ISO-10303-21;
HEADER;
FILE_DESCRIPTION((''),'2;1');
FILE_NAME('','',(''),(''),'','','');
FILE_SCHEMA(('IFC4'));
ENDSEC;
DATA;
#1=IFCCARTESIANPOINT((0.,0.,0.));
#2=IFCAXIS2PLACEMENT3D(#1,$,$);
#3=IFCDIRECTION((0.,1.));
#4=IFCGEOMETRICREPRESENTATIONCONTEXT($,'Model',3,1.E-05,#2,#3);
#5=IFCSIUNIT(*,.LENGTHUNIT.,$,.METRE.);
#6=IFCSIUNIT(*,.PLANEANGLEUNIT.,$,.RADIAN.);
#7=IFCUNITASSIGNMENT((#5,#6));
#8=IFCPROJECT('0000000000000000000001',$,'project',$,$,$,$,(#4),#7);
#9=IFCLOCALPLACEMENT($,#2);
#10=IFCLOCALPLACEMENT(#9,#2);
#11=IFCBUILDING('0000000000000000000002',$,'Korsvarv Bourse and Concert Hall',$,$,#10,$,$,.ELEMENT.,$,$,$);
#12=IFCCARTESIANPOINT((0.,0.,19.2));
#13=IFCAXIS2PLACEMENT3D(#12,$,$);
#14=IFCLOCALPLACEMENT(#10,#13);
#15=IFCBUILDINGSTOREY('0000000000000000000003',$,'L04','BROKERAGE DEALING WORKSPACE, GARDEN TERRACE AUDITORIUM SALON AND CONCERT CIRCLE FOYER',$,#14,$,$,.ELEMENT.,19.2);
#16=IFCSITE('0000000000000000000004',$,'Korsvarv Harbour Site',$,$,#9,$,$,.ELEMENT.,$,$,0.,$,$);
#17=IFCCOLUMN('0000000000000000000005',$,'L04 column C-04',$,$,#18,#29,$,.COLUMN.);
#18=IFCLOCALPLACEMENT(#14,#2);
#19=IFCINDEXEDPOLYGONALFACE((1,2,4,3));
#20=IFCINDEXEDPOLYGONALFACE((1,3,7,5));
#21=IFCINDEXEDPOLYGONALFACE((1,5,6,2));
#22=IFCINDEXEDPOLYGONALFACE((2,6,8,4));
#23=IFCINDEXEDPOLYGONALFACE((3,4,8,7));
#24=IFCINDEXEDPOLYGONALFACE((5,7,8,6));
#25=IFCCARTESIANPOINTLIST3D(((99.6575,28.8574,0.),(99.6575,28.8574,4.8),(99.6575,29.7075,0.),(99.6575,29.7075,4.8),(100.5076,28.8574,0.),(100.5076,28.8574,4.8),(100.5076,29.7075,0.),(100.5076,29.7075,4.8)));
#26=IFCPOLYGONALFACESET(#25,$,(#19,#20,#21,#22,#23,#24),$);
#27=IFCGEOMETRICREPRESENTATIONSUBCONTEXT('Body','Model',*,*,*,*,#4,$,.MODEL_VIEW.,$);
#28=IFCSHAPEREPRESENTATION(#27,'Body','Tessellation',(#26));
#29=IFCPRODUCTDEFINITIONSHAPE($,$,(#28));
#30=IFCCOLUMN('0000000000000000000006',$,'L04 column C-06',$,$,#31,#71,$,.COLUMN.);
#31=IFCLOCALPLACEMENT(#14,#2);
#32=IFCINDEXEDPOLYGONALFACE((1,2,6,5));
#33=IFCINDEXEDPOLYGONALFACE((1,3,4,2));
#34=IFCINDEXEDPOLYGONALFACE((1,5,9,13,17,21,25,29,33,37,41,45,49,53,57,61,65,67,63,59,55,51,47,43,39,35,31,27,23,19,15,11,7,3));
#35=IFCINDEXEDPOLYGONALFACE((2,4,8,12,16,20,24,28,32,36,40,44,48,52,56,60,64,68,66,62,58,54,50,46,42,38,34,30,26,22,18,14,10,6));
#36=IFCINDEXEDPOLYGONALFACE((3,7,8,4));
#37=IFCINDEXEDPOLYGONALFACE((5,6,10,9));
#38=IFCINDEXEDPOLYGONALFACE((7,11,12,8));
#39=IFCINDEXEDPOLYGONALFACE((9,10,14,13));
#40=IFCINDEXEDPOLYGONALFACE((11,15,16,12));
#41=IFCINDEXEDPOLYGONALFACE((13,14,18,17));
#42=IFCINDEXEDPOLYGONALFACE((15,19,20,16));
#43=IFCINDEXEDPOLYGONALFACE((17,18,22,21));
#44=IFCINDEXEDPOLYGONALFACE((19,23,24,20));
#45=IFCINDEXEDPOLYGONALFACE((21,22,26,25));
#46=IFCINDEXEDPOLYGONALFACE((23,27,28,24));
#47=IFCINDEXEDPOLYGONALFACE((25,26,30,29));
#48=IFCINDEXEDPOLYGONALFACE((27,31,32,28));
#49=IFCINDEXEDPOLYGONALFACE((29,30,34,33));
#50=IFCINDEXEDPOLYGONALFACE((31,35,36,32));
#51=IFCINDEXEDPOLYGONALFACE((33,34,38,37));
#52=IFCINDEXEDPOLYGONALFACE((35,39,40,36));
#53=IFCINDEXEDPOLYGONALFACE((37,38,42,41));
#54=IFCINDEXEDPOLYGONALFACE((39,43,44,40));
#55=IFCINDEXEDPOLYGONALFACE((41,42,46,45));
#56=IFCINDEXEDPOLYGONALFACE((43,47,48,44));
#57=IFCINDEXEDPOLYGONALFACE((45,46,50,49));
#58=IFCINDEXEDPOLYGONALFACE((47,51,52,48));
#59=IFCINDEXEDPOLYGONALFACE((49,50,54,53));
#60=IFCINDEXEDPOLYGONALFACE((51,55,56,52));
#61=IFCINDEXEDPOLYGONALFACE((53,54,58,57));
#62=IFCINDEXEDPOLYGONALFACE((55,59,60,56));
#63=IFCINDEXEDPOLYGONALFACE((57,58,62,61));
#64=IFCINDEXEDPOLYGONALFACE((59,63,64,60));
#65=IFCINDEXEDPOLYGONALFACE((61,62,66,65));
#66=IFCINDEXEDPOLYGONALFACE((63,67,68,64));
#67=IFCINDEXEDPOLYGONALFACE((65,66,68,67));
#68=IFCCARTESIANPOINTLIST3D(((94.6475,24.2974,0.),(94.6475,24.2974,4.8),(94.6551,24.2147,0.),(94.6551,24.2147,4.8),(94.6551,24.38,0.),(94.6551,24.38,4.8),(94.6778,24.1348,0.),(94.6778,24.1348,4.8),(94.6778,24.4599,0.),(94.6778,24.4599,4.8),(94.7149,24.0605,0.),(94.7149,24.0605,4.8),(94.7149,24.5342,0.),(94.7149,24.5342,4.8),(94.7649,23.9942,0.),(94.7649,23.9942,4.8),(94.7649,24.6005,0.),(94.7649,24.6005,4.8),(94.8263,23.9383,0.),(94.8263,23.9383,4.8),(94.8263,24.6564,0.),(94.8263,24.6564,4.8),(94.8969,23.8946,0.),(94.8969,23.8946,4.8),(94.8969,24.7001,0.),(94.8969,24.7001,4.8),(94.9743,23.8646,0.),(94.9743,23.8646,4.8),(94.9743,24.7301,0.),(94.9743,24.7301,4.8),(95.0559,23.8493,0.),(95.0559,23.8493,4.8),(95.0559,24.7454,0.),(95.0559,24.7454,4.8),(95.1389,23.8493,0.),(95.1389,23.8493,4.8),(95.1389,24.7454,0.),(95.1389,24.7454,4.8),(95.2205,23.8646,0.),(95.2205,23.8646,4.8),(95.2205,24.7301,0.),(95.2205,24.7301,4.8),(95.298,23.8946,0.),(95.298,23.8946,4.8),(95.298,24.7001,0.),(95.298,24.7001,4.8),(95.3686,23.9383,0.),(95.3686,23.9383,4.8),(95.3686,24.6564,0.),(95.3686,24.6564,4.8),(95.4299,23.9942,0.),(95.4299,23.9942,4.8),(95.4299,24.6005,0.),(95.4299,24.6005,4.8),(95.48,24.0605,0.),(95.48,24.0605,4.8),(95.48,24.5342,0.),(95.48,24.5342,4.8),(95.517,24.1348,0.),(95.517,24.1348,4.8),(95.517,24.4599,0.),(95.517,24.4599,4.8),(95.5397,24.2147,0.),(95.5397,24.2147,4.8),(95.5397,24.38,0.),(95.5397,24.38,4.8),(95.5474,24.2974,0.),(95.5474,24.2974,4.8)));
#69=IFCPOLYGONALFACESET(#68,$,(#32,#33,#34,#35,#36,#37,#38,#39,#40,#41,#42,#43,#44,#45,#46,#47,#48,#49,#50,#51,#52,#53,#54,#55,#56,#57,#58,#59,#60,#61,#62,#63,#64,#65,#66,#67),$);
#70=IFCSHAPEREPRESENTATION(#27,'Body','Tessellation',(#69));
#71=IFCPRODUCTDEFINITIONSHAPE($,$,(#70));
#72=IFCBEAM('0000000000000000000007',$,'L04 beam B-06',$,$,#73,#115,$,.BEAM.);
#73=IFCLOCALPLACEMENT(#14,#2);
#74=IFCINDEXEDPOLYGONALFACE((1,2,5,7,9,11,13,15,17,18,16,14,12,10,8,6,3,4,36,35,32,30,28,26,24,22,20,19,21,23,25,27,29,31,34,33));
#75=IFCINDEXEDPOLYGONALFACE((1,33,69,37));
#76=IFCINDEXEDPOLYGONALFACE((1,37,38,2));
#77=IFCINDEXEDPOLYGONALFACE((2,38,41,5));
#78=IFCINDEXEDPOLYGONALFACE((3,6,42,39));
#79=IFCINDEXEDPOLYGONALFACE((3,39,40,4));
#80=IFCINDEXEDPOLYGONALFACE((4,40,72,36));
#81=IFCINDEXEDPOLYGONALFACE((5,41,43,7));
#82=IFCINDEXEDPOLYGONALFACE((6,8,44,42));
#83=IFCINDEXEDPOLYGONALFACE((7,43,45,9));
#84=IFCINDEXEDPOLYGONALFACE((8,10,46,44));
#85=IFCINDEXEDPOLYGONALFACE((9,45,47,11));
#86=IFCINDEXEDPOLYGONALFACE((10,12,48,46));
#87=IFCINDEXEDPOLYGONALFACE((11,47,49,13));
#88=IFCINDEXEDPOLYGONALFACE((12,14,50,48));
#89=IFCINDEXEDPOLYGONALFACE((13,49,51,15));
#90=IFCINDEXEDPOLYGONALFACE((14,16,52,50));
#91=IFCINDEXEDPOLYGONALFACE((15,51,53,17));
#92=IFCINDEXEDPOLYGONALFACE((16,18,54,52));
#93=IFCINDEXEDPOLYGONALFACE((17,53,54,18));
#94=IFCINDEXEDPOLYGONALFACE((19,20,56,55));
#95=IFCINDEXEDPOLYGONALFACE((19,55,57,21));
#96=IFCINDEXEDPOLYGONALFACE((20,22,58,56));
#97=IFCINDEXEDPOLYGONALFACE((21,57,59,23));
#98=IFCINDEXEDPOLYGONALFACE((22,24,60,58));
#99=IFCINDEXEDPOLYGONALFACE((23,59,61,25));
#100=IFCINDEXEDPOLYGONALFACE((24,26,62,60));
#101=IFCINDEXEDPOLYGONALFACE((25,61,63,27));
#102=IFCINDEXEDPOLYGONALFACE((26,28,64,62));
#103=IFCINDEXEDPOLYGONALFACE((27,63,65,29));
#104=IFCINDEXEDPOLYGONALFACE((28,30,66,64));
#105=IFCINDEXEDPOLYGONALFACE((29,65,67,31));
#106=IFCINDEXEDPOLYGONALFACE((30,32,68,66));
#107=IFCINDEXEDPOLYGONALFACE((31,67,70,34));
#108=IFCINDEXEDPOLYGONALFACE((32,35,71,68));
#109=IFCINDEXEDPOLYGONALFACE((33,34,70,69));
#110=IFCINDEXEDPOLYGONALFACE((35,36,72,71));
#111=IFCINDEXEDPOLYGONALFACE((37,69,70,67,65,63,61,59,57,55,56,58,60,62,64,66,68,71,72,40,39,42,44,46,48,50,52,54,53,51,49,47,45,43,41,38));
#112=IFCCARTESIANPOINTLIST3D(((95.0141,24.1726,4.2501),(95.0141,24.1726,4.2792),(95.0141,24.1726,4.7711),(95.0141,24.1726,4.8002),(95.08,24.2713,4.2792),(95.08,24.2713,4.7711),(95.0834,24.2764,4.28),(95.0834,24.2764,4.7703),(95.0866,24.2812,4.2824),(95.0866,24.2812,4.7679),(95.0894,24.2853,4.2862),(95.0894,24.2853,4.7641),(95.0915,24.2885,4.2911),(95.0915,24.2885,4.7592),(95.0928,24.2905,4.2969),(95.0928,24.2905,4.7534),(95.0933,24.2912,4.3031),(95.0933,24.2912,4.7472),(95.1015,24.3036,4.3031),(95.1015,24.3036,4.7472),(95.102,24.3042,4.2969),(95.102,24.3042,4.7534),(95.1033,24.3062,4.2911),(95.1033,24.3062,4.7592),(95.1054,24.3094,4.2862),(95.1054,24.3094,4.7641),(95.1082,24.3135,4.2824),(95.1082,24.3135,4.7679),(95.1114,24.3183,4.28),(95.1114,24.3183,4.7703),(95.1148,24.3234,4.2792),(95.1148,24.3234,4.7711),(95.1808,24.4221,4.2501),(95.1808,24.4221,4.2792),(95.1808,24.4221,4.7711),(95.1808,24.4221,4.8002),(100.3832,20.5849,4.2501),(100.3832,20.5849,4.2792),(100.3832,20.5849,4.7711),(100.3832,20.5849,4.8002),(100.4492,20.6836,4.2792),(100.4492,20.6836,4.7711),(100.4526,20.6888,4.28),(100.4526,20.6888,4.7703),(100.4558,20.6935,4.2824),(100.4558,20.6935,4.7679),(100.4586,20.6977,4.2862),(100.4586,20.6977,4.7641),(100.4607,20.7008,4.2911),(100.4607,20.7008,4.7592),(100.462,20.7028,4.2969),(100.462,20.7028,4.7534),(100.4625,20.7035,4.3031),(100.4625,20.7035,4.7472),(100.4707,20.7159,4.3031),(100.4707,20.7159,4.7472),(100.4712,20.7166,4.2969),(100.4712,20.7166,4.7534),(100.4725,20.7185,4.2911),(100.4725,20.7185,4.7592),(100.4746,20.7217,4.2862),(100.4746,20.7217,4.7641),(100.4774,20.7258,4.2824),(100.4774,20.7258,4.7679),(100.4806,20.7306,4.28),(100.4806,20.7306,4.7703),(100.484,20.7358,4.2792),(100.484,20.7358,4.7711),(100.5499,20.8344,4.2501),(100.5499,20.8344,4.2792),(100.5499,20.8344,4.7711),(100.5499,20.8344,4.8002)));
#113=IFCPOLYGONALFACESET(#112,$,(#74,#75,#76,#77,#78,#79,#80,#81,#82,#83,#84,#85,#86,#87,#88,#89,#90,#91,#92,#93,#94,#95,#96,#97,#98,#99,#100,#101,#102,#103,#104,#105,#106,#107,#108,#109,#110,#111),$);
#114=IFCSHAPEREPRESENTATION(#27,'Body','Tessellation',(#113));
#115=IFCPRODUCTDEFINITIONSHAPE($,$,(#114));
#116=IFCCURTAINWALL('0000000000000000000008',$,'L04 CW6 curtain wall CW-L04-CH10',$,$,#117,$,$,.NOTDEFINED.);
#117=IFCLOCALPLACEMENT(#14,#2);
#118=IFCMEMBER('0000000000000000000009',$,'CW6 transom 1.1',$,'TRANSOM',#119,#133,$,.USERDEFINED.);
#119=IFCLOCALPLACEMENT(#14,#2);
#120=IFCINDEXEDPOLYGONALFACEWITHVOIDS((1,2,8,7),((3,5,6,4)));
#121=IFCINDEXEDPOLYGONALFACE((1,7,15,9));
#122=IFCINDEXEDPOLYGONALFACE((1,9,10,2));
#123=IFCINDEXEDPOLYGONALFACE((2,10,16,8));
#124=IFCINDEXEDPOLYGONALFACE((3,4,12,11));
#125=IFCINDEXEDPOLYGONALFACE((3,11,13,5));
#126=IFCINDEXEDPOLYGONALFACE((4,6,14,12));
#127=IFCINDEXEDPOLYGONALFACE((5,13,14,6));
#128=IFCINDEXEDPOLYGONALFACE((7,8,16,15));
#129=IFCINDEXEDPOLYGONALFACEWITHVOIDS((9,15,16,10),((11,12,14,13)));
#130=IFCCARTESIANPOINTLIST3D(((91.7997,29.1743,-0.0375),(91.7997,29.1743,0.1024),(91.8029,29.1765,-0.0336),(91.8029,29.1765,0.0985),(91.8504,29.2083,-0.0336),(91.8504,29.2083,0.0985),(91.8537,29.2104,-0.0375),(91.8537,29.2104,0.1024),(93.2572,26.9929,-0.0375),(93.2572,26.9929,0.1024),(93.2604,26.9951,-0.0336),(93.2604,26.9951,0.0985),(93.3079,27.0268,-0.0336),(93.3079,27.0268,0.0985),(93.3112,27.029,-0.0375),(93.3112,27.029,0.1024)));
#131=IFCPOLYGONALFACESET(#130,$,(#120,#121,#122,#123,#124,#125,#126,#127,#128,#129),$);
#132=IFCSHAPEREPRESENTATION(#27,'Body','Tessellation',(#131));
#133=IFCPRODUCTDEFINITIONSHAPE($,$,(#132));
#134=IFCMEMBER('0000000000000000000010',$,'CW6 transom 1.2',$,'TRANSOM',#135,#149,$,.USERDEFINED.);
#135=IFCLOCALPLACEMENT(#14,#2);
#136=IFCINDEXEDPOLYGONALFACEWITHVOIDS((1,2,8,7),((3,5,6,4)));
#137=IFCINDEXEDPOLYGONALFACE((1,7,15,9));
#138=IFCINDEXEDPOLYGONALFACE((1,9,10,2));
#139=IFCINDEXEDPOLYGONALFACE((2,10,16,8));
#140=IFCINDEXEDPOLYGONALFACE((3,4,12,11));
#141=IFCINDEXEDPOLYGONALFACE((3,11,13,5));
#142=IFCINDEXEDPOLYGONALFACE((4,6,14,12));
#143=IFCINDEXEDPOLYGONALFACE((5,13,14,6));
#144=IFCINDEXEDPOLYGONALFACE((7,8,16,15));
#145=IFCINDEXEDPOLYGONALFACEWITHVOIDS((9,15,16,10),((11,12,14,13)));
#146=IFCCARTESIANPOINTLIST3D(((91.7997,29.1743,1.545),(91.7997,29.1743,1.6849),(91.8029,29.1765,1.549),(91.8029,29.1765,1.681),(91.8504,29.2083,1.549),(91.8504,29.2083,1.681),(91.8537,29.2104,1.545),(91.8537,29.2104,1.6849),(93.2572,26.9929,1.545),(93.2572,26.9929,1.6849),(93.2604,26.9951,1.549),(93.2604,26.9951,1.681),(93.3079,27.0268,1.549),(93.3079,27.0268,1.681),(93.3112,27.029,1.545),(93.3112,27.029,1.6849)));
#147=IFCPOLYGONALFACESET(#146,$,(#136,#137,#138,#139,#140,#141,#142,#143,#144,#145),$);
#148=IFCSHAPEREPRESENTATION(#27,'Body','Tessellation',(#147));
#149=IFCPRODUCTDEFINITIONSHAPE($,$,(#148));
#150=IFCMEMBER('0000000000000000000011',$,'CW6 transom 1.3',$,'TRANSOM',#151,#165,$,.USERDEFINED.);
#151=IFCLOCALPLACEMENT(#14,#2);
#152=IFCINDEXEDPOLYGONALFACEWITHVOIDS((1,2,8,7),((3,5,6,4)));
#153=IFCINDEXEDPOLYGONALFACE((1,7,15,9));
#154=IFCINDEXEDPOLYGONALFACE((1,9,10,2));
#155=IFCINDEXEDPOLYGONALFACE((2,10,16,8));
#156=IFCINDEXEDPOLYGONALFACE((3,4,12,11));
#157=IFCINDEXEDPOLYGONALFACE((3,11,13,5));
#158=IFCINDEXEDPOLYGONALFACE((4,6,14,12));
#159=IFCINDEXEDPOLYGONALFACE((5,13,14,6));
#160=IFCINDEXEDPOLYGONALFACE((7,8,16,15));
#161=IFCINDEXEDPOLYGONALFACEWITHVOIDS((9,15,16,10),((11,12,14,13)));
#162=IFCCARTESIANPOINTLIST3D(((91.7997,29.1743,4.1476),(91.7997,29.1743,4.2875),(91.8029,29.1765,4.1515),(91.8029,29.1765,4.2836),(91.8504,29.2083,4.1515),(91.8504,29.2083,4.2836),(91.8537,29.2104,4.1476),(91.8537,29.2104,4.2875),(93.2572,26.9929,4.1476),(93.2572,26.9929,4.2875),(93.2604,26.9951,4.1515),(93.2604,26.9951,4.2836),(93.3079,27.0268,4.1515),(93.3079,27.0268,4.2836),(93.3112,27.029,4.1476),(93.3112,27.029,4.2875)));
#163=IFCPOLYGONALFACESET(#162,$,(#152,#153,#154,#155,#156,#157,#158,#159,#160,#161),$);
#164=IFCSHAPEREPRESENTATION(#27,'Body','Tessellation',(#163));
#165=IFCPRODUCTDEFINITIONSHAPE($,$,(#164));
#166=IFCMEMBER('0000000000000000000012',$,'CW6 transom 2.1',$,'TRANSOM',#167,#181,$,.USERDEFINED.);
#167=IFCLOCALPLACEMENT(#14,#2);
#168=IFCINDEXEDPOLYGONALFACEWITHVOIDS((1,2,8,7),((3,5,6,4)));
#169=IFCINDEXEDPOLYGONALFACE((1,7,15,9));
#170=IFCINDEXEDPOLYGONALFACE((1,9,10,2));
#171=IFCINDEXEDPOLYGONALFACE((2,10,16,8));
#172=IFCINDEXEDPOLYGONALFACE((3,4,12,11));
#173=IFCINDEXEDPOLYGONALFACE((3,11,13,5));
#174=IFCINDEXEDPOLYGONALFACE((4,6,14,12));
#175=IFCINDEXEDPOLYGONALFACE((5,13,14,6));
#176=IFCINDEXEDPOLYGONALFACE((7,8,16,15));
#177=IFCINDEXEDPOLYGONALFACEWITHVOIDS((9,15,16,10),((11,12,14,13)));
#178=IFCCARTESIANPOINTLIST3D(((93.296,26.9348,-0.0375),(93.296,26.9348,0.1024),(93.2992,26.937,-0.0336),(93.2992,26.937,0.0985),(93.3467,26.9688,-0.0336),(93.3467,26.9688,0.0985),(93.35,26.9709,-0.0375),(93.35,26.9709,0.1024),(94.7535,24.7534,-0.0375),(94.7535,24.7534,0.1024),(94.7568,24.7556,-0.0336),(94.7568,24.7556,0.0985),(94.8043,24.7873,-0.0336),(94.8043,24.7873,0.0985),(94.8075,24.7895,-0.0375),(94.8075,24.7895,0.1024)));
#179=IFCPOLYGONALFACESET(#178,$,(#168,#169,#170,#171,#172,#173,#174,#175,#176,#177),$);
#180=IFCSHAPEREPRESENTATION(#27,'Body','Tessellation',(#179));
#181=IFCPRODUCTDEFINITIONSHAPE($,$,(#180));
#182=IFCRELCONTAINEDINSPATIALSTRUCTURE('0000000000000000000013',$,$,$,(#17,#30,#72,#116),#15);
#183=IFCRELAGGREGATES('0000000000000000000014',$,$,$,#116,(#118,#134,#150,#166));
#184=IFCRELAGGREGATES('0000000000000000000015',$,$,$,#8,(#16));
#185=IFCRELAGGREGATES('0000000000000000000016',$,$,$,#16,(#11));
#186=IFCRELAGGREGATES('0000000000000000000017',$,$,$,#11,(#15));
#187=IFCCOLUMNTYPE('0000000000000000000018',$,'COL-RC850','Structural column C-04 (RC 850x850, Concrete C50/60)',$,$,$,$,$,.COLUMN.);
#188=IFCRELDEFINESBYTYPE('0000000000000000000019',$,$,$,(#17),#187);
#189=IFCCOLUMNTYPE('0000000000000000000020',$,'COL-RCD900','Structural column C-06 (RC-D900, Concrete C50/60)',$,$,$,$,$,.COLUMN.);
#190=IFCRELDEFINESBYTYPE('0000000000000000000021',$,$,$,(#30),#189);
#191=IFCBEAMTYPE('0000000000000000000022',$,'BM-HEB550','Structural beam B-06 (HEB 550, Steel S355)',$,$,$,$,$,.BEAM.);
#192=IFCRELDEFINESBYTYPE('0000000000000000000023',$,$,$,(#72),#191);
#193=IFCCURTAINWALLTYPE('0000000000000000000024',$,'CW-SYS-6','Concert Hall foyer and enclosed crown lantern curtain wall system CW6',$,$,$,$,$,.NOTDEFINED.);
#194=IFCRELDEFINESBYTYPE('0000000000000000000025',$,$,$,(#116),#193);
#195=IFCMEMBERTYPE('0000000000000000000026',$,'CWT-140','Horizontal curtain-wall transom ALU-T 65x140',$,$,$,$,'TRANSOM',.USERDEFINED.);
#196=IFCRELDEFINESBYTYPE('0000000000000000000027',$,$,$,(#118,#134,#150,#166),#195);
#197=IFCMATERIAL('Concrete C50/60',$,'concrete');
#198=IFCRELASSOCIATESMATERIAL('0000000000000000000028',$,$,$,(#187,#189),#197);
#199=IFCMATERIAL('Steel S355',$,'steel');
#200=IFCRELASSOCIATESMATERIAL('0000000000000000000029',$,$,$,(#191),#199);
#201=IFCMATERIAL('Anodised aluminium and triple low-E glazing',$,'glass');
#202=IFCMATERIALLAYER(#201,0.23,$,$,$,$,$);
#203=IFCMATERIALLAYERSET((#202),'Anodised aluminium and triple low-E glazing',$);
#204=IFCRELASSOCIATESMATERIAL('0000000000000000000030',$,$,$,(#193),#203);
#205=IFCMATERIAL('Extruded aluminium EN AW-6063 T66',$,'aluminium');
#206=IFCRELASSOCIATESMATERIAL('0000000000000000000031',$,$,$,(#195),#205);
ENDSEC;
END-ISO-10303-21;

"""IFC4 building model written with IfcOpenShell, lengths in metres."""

from ifc_helpers import new_model, si_unit, direction, frame, origin, origin_2d, place, context, subcontext, project, spatial, rectangle, hollow_rectangle, circle, i_section, extrude, source, transform, mapped, material, layer, layer_set, material_profile, profile_set, type_object, element, aggregate, save


model = new_model("IFC4")

# Units and contexts
model_context = context("Model", 3, precision=1e-05, world=origin(), true_north=direction((0.0, 1.0)))
body_context = subcontext(model_context, "Body", "Model", "MODEL_VIEW")
ifc_project = project(units=[si_unit("LENGTHUNIT", "METRE"), si_unit("PLANEANGLEUNIT", "RADIAN")], contexts=[model_context])

# Site, building, storey
site_placement = place(None, origin())
site = spatial("IfcSite", under=ifc_project, at=site_placement, Name="Korsvarv Harbour Site", CompositionType="ELEMENT", RefElevation=0.0)
building_placement = place(site_placement, origin())
building = spatial("IfcBuilding", under=site, at=building_placement, Name="Korsvarv Bourse and Concert Hall", CompositionType="ELEMENT")
storey_placement = place(building_placement, frame((0.0, 0.0, 19.2)))
storey = spatial("IfcBuildingStorey", under=building, at=storey_placement, Name="L04", Description="BROKERAGE DEALING WORKSPACE, GARDEN TERRACE AUDITORIUM SALON AND CONCERT CIRCLE FOYER", CompositionType="ELEMENT", Elevation=19.2)

# Columns
ifc_material_1 = material(Name="Concrete C50/60", Category="concrete")
ifc_material_profile_1 = material_profile(ifc_material_1, rectangle(XDim=0.8501, YDim=0.8501, at=origin_2d()), Name="RC 850x850")
ifc_profile_set_1 = profile_set([ifc_material_profile_1], Name="Concrete C50/60")
column_type_1 = type_object("IfcColumnType", Name="COL-RC850", Description="Structural column C-04 (RC 850x850, Concrete C50/60)", PredefinedType="COLUMN", material=ifc_profile_set_1)
shared_shape_1 = source(origin(), body_context, "Body", "SweptSolid", [
    extrude(rectangle(XDim=0.8501, YDim=0.8501, at=origin_2d()), origin(), (0.0, 0.0, 1.0), 4.8),
])
column_1_placement = place(storey_placement, frame((100.0825, 29.2825, 0.0), z_axis=(0.0, 0.0, 1.0), x_axis=(1.0, 0.0, 0.0)))
element("IfcColumn", 1, at=column_1_placement, inside=storey, type_object=column_type_1, Name="L04 column C-04", PredefinedType="COLUMN", context=body_context, shape_type="MappedRepresentation", body=[
    mapped(shared_shape_1, transform((0.0, 0.0, 0.0), scale=1.0)),
])
ifc_material_profile_2 = material_profile(ifc_material_1, circle(Radius=0.45, at=origin_2d()), Name="RC-D900")
ifc_profile_set_2 = profile_set([ifc_material_profile_2], Name="Concrete C50/60")
column_type_2 = type_object("IfcColumnType", Name="COL-RCD900", Description="Structural column C-06 (RC-D900, Concrete C50/60)", PredefinedType="COLUMN", material=ifc_profile_set_2)
shared_shape_2 = source(origin(), body_context, "Body", "SweptSolid", [
    extrude(circle(Radius=0.45, at=origin_2d()), origin(), (0.0, 0.0, 1.0), 4.8),
])
column_2_placement = place(storey_placement, frame((95.0974, 24.2974, 0.0), z_axis=(0.0, 0.0, 1.0), x_axis=(1.0, 0.0, 0.0)))
element("IfcColumn", 2, at=column_2_placement, inside=storey, type_object=column_type_2, Name="L04 column C-06", PredefinedType="COLUMN", context=body_context, shape_type="MappedRepresentation", body=[
    mapped(shared_shape_2, transform((0.0, 0.0, 0.0), scale=1.0)),
])

# Beam
ifc_material_2 = material(Name="Steel S355", Category="steel")
ifc_material_profile_3 = material_profile(ifc_material_2, i_section(OverallWidth=0.3, OverallDepth=0.55, WebThickness=0.0149, FlangeThickness=0.0291, FilletRadius=0.0239, at=origin_2d()), Name="HEB 550")
ifc_profile_set_3 = profile_set([ifc_material_profile_3], Name="Steel S355")
beam_type = type_object("IfcBeamType", Name="BM-HEB550", Description="Structural beam B-06 (HEB 550, Steel S355)", PredefinedType="BEAM", material=ifc_profile_set_3)
shared_shape_3 = source(origin(), body_context, "Body", "SweptSolid", [
    extrude(i_section(OverallWidth=0.3, OverallDepth=0.55, WebThickness=0.0149, FlangeThickness=0.0291, FilletRadius=0.0239, at=origin_2d()), origin(), (0.0, 0.0, 1.0), 6.4575),
])
beam_placement = place(storey_placement, frame((95.0974, 24.2974, 4.5251), z_axis=(0.831462, -0.555581, 0.0), x_axis=(0.555581, 0.831462, 0.0)))
element("IfcBeam", 3, at=beam_placement, inside=storey, type_object=beam_type, Name="L04 beam B-06", PredefinedType="BEAM", context=body_context, shape_type="MappedRepresentation", body=[
    mapped(shared_shape_3, transform((0.0, 0.0, 0.0), scale=1.0)),
])

# Curtain wall, members
ifc_material_3 = material(Name="Anodised aluminium and triple low-E glazing", Category="glass")
ifc_layer_1 = layer(ifc_material_3, 0.23)
ifc_layer_set_1 = layer_set([ifc_layer_1], Name="Anodised aluminium and triple low-E glazing")
curtain_wall_type = type_object("IfcCurtainWallType", Name="CW-SYS-6", Description="Concert Hall foyer and enclosed crown lantern curtain wall system CW6", PredefinedType="NOTDEFINED", material=ifc_layer_set_1)
curtain_wall_placement = place(storey_placement, origin())
curtain_wall = element("IfcCurtainWall", 4, at=curtain_wall_placement, inside=storey, type_object=curtain_wall_type, Name="L04 CW6 curtain wall CW-L04-CH10", PredefinedType="NOTDEFINED")
ifc_material_4 = material(Name="Extruded aluminium EN AW-6063 T66", Category="aluminium")
ifc_material_profile_4 = material_profile(ifc_material_4, hollow_rectangle(XDim=0.0649, YDim=0.1399, WallThickness=0.0039, at=origin_2d()), Name="ALU-T 65x140")
ifc_profile_set_4 = profile_set([ifc_material_profile_4], Name="Extruded aluminium EN AW-6063 T66")
member_type_1 = type_object("IfcMemberType", Name="CWT-140", Description="Horizontal curtain-wall transom ALU-T 65x140", ElementType="TRANSOM", PredefinedType="USERDEFINED", material=ifc_profile_set_4)
shared_shape_4 = source(origin(), body_context, "Body", "SweptSolid", [
    extrude(hollow_rectangle(XDim=0.0649, YDim=0.1399, WallThickness=0.0039, at=origin_2d()), origin(), (0.0, 0.0, 1.0), 2.6235),
])
member_1_placement = place(storey_placement, frame((91.8267, 29.1924, 0.0325), z_axis=(0.555559, -0.831477, 0.0), x_axis=(0.831477, 0.555559, 0.0)))
member_1 = element("IfcMember", 5, at=member_1_placement, type_object=member_type_1, Name="CW6 transom 1.1", ObjectType="TRANSOM", PredefinedType="USERDEFINED", context=body_context, shape_type="MappedRepresentation", body=[
    mapped(shared_shape_4, transform((0.0, 0.0, 0.0), scale=1.0)),
])
member_2_placement = place(storey_placement, frame((91.8267, 29.1924, 1.615), z_axis=(0.555559, -0.831477, 0.0), x_axis=(0.831477, 0.555559, 0.0)))
member_2 = element("IfcMember", 6, at=member_2_placement, type_object=member_type_1, Name="CW6 transom 1.2", ObjectType="TRANSOM", PredefinedType="USERDEFINED", context=body_context, shape_type="MappedRepresentation", body=[
    mapped(shared_shape_4, transform((0.0, 0.0, 0.0), scale=1.0)),
])
member_3_placement = place(storey_placement, frame((91.8267, 29.1924, 4.2175), z_axis=(0.555559, -0.831477, 0.0), x_axis=(0.831477, 0.555559, 0.0)))
member_3 = element("IfcMember", 7, at=member_3_placement, type_object=member_type_1, Name="CW6 transom 1.3", ObjectType="TRANSOM", PredefinedType="USERDEFINED", context=body_context, shape_type="MappedRepresentation", body=[
    mapped(shared_shape_4, transform((0.0, 0.0, 0.0), scale=1.0)),
])
member_4_placement = place(storey_placement, frame((93.323, 26.9529, 0.0325), z_axis=(0.555559, -0.831477, 0.0), x_axis=(0.831477, 0.555559, 0.0)))
member_4 = element("IfcMember", 8, at=member_4_placement, type_object=member_type_1, Name="CW6 transom 2.1", ObjectType="TRANSOM", PredefinedType="USERDEFINED", context=body_context, shape_type="MappedRepresentation", body=[
    mapped(shared_shape_4, transform((0.0, 0.0, 0.0), scale=1.0)),
])
aggregate(curtain_wall, [member_1, member_2, member_3, member_4])

save(model, "model.ifc")
